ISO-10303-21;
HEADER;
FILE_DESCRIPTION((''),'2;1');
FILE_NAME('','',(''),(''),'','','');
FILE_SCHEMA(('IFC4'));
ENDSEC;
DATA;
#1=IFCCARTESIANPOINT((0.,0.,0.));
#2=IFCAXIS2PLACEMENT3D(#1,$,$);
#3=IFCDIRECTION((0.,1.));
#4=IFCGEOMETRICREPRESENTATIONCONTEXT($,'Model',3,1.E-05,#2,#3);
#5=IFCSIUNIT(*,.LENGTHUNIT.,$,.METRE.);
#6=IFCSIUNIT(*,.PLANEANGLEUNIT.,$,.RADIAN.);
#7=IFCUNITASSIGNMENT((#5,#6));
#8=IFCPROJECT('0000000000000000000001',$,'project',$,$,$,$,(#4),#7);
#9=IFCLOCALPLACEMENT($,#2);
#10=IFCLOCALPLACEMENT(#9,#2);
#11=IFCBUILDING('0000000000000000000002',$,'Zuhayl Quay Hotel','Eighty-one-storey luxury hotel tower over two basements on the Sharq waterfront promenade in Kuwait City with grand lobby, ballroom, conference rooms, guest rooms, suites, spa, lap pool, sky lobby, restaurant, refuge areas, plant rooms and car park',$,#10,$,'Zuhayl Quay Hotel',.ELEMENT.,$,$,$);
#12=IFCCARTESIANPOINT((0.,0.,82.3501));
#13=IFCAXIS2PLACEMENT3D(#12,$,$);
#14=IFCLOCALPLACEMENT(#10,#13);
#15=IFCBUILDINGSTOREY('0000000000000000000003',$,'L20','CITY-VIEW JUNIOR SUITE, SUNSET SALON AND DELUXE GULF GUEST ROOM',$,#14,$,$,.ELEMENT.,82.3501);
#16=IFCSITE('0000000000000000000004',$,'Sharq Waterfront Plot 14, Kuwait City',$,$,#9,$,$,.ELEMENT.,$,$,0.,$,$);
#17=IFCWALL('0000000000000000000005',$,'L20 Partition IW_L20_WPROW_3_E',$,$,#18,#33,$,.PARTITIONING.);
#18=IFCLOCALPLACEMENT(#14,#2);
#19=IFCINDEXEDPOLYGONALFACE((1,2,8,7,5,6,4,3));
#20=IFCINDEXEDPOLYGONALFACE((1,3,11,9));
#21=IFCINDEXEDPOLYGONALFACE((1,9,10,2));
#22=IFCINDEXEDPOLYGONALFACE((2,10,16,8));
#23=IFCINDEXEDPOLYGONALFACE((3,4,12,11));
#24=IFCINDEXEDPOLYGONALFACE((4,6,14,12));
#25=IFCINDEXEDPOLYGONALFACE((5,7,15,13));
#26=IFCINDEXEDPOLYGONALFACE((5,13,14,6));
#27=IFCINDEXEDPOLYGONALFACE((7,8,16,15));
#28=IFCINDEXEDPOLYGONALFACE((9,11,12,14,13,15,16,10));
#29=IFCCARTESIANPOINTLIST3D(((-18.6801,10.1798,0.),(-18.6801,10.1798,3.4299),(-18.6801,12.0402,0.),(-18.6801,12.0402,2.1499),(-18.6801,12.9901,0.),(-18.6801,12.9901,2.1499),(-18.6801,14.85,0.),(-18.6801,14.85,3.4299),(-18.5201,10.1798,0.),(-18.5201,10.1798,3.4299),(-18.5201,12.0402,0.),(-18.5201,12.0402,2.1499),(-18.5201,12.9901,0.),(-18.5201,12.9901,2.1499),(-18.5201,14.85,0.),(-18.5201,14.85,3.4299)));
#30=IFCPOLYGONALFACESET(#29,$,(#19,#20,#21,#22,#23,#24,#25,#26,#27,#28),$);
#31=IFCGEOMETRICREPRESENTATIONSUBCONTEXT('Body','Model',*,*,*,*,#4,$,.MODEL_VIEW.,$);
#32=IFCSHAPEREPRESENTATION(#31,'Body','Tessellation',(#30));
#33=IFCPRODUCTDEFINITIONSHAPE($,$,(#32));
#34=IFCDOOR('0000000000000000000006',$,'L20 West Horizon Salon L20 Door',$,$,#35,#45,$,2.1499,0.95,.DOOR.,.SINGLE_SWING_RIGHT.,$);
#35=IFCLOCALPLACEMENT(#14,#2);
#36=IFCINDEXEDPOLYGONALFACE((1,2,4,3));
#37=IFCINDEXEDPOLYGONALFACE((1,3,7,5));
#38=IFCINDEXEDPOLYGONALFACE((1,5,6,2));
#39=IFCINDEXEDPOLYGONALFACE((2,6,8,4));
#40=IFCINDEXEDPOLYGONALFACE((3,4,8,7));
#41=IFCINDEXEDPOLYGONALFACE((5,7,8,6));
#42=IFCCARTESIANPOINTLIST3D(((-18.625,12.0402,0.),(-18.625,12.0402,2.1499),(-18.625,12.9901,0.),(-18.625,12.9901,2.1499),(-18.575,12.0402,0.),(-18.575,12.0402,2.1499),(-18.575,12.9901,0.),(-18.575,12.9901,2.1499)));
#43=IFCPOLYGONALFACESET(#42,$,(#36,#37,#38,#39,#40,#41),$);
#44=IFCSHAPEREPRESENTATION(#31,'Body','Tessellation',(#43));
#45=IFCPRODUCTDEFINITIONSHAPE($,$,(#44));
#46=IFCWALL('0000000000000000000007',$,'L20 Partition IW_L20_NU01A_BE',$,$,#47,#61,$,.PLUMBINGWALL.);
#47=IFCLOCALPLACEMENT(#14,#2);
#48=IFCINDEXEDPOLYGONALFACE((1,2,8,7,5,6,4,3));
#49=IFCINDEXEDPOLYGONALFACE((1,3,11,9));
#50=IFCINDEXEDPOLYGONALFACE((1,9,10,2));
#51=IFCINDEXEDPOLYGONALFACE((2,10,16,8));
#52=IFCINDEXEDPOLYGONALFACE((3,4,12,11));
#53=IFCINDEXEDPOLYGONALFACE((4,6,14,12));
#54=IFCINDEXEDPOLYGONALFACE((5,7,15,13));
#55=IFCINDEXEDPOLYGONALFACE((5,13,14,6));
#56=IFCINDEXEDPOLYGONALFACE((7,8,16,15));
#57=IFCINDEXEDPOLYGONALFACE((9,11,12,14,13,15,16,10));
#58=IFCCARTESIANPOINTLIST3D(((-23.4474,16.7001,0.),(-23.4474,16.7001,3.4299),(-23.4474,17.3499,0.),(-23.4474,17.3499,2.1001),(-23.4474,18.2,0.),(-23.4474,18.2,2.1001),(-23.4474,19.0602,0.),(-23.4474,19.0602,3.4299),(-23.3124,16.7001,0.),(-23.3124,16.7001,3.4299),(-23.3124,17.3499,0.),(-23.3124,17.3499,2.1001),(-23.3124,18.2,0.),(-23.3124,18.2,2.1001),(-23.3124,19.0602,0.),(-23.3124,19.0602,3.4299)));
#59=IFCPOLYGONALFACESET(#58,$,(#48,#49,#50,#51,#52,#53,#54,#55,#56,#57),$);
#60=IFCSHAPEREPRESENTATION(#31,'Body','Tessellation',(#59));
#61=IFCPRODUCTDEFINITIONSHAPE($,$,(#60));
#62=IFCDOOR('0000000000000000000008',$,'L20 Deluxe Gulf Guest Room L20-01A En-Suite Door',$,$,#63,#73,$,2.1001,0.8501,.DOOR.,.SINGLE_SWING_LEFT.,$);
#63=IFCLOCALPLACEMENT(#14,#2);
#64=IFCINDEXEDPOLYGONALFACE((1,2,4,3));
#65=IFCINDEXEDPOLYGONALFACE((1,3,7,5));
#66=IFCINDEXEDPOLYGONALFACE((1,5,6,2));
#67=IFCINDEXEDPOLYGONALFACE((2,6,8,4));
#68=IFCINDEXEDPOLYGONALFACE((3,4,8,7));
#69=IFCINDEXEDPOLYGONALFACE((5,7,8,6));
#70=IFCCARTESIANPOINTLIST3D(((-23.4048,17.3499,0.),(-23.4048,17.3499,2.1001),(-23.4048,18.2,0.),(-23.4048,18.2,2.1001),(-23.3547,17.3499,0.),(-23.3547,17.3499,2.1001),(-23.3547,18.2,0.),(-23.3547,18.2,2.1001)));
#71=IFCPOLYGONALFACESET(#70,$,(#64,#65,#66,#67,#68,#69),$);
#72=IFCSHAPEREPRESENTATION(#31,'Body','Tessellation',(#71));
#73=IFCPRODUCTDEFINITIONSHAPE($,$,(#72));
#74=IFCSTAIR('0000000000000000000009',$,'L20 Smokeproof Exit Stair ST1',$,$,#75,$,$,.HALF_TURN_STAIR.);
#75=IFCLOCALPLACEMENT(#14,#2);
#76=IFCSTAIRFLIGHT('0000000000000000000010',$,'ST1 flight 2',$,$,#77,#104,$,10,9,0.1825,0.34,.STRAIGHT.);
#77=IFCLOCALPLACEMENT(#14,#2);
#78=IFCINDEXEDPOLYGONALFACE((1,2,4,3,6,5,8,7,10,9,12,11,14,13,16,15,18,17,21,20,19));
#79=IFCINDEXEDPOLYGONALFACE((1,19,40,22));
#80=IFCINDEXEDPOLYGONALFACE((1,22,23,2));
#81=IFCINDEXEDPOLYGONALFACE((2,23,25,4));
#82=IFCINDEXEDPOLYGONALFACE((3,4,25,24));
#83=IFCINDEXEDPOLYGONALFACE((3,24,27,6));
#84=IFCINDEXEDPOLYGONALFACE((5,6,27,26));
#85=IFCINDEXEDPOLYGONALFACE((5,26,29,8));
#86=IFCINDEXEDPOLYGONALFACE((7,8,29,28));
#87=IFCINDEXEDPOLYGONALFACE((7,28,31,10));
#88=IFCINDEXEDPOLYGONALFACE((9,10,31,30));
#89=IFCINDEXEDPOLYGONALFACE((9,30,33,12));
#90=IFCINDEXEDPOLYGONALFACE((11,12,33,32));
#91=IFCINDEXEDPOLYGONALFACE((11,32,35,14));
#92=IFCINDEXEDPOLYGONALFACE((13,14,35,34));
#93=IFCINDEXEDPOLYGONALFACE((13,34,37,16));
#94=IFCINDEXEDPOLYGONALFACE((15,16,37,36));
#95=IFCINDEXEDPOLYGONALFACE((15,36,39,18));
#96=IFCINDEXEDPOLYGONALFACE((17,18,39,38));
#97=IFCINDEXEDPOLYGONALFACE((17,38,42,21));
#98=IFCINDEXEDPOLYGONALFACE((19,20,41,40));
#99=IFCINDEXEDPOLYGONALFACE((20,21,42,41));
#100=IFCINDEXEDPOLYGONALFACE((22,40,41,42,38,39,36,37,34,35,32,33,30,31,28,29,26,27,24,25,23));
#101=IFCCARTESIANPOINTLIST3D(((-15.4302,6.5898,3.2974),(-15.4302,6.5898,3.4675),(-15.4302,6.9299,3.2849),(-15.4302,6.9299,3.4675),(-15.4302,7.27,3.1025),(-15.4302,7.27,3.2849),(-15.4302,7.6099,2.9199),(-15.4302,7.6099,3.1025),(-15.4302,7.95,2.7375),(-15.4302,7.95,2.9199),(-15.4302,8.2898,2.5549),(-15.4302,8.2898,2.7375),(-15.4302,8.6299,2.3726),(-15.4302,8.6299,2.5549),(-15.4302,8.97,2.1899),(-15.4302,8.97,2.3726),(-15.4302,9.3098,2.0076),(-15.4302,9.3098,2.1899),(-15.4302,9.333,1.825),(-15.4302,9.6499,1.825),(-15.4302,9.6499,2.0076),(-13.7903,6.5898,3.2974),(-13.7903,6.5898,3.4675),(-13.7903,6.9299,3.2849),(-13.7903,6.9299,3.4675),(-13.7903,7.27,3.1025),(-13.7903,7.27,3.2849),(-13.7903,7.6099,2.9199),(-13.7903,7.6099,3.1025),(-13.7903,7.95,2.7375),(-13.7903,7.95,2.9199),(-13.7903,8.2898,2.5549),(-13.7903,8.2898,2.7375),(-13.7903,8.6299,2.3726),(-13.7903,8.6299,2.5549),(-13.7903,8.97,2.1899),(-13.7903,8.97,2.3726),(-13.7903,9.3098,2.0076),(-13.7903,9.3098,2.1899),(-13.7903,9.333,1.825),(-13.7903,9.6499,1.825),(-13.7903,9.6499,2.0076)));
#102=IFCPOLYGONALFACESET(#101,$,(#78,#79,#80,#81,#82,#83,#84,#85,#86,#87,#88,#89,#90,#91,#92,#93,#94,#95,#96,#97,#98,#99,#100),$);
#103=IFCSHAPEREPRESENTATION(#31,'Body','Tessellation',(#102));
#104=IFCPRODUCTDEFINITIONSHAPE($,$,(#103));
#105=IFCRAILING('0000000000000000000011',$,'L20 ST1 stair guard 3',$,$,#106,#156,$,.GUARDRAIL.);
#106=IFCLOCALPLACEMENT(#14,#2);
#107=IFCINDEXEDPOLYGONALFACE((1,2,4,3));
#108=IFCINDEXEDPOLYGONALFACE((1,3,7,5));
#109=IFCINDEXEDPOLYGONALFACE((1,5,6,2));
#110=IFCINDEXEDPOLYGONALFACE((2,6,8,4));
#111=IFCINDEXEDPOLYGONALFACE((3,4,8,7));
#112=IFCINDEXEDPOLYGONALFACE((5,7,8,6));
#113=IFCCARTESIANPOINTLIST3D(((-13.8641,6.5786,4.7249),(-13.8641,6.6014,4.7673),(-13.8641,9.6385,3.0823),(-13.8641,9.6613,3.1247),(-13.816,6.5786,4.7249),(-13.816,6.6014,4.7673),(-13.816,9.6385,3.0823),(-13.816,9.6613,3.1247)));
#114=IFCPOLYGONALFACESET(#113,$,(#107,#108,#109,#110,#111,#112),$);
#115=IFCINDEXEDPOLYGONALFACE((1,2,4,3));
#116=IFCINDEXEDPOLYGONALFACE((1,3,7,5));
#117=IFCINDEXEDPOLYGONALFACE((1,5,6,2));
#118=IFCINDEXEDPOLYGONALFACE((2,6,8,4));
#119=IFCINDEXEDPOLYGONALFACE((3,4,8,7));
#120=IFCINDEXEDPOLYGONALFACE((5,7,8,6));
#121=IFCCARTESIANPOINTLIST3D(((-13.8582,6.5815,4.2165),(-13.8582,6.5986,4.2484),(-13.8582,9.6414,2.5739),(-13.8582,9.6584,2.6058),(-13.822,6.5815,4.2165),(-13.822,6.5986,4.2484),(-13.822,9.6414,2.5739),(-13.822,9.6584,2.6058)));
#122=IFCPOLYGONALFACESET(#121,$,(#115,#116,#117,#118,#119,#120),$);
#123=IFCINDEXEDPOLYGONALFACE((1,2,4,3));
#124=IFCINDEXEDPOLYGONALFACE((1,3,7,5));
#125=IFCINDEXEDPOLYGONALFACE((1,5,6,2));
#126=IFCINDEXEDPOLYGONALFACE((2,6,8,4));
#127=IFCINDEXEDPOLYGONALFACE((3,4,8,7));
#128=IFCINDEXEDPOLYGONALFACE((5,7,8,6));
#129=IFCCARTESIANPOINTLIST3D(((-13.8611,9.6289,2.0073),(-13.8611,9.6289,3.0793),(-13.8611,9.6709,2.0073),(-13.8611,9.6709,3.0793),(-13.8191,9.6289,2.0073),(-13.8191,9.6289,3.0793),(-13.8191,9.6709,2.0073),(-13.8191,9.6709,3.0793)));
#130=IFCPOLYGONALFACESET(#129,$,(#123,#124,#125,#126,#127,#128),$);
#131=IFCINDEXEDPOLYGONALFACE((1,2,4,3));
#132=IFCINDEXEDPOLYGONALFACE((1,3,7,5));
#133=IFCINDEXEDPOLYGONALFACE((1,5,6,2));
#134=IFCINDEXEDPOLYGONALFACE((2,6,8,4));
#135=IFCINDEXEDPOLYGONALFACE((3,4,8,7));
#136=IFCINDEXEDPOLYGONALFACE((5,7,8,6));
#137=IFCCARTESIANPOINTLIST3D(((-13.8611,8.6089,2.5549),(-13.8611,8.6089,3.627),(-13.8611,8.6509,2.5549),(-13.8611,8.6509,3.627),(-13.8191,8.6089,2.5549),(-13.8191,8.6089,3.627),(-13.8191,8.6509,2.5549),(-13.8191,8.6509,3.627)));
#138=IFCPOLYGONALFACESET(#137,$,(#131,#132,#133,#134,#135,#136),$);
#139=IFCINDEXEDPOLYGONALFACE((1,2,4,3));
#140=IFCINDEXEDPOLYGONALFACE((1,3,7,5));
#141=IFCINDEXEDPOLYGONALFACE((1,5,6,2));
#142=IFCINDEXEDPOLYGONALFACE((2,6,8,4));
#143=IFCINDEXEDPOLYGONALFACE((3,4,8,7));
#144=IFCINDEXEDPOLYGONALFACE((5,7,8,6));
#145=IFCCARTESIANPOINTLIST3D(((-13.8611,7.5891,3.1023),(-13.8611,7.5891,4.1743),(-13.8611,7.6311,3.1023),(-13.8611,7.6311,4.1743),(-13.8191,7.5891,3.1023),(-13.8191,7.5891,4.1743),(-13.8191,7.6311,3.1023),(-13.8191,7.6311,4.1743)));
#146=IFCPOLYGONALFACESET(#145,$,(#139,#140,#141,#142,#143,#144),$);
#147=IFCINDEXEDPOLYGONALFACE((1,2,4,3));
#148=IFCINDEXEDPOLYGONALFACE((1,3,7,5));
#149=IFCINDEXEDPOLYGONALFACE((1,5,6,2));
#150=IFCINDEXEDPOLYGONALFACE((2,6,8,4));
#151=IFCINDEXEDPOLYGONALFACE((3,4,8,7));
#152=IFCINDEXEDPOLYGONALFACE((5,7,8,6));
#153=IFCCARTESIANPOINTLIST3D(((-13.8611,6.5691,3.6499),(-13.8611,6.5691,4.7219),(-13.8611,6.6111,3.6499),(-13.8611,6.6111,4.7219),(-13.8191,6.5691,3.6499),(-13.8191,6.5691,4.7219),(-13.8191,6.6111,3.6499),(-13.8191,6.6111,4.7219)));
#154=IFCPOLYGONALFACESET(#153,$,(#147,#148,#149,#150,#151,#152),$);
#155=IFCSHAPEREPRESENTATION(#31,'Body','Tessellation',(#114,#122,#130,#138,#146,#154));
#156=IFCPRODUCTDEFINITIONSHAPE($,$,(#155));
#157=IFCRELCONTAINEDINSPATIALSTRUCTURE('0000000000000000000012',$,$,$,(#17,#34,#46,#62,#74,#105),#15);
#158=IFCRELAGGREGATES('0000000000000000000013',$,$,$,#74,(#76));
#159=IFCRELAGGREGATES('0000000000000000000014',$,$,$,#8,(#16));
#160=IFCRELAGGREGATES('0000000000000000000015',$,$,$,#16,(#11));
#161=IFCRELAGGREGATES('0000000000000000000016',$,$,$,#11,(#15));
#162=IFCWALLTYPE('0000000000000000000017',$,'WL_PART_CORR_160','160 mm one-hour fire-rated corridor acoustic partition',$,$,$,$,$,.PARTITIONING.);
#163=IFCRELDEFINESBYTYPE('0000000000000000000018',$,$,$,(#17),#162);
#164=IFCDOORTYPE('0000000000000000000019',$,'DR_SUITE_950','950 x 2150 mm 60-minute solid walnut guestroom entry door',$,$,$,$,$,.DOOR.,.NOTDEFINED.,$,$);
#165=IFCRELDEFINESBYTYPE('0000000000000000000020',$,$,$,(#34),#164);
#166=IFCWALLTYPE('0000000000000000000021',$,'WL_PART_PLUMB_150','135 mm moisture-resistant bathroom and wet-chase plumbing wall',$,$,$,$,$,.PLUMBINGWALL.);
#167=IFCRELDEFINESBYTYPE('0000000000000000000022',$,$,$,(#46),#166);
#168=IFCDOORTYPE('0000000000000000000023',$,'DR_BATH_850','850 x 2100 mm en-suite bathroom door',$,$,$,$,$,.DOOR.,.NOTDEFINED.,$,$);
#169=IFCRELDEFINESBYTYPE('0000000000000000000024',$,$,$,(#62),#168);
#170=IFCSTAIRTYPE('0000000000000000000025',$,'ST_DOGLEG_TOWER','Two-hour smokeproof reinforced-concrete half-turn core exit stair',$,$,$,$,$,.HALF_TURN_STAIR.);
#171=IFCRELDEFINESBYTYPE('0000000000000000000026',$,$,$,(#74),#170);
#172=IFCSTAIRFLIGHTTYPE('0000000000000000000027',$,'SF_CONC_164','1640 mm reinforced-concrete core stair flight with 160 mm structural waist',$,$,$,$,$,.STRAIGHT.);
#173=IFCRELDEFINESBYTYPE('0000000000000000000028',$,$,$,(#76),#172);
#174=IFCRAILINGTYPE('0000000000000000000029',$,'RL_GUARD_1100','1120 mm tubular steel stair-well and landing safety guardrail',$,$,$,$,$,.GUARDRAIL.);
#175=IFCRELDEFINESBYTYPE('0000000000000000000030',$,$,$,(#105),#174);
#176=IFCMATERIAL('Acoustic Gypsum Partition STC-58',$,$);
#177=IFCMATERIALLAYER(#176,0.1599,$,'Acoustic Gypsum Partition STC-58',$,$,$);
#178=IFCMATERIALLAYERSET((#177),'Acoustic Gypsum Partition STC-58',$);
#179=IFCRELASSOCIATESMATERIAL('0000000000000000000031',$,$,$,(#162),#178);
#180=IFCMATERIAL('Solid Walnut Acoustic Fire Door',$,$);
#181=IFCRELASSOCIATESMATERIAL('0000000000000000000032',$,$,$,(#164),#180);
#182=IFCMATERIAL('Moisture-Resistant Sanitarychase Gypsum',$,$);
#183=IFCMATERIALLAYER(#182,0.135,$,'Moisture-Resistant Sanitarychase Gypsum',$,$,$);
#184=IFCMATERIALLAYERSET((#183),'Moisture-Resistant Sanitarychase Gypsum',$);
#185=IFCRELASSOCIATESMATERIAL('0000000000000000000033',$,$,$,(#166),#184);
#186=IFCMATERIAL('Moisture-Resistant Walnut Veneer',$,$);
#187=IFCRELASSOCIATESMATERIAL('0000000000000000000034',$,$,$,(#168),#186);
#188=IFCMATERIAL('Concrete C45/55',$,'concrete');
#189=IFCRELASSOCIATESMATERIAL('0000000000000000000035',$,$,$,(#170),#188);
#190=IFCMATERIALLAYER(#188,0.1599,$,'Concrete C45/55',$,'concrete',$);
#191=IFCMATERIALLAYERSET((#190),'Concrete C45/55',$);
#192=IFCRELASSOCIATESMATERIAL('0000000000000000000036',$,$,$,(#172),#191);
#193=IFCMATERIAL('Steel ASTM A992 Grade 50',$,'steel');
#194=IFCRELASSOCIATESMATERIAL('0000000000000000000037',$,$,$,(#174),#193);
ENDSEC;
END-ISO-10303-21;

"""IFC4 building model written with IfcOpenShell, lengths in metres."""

from ifc_helpers import new_model, si_unit, direction, frame, frame_2d, origin, origin_2d, place, context, subcontext, project, spatial, polyline, rectangle, outline, extrude, material, layer, layer_set, type_object, element, fill, aggregate, save


model = new_model("IFC4")

# Units and contexts
model_context = context("Model", 3, precision=1e-05, world=origin(), true_north=direction((0.0, 1.0)))
body_context = subcontext(model_context, "Body", "Model", "MODEL_VIEW")
ifc_project = project(units=[si_unit("LENGTHUNIT", "METRE"), si_unit("PLANEANGLEUNIT", "RADIAN")], contexts=[model_context])

# Site, building, storey
site_placement = place(None, origin())
site = spatial("IfcSite", under=ifc_project, at=site_placement, Name="Sharq Waterfront Plot 14, Kuwait City", CompositionType="ELEMENT", RefElevation=0.0)
building_placement = place(site_placement, origin())
building = spatial("IfcBuilding", under=site, at=building_placement, Name="Zuhayl Quay Hotel", Description="Eighty-one-storey luxury hotel tower over two basements on the Sharq waterfront promenade in Kuwait City with grand lobby, ballroom, conference rooms, guest rooms, suites, spa, lap pool, sky lobby, restaurant, refuge areas, plant rooms and car park", LongName="Zuhayl Quay Hotel", CompositionType="ELEMENT")
storey_placement = place(building_placement, frame((0.0, 0.0, 82.3501)))
storey = spatial("IfcBuildingStorey", under=building, at=storey_placement, Name="L20", Description="CITY-VIEW JUNIOR SUITE, SUNSET SALON AND DELUXE GULF GUEST ROOM", CompositionType="ELEMENT", Elevation=82.3501)

# Shared definitions
ifc_material_1 = material(Name="Acoustic Gypsum Partition STC-58")

# Walls, openings, doors
ifc_layer_1 = layer(ifc_material_1, 0.1599, Name="Acoustic Gypsum Partition STC-58")
ifc_layer_set_1 = layer_set([ifc_layer_1], Name="Acoustic Gypsum Partition STC-58")
wall_type_1 = type_object("IfcWallType", Name="WL_PART_CORR_160", Description="160 mm one-hour fire-rated corridor acoustic partition", PredefinedType="PARTITIONING", material=ifc_layer_set_1)
ifc_material_2 = material(Name="Solid Walnut Acoustic Fire Door")
door_type_1 = type_object("IfcDoorType", Name="DR_SUITE_950", Description="950 x 2150 mm 60-minute solid walnut guestroom entry door", OperationType="NOTDEFINED", PredefinedType="DOOR", material=ifc_material_2)
wall_1_placement = place(storey_placement, frame((-18.6001, 10.1799, 0.0), z_axis=(0.0, 0.0, 1.0), x_axis=(0.0, 1.0, 0.0)))
wall_1 = element("IfcWall", 1, at=wall_1_placement, inside=storey, type_object=wall_type_1, Name="L20 Partition IW_L20_WPROW_3_E", PredefinedType="PARTITIONING", context=body_context, shape_type="SweptSolid", body=[
    extrude(rectangle(XDim=4.6702, YDim=0.1599, at=frame_2d((2.335, 0.0))), origin(), (0.0, 0.0, 1.0), 3.4299),
])
opening_1_placement = place(wall_1_placement, frame((1.8601, 0.0, 0.0)))
opening_1 = element("IfcOpeningElement", 2, at=opening_1_placement, cuts=wall_1, PredefinedType="OPENING", context=body_context, shape_type="SweptSolid", body=[
    extrude(rectangle(XDim=0.95, YDim=2.1499, at=frame_2d((0.4751, 1.075))), frame((0.0, 0.0898, 0.0), z_axis=(0.0, -1.0, 0.0), x_axis=(1.0, 0.0, 0.0)), (0.0, 0.0, 1.0), 0.1799),
])
door_1_placement = place(opening_1_placement, origin())
door_1 = element("IfcDoor", 3, at=door_1_placement, inside=storey, type_object=door_type_1, Name="L20 West Horizon Salon L20 Door", OperationType="SINGLE_SWING_RIGHT", OverallHeight=2.1499, OverallWidth=0.95, PredefinedType="DOOR", context=body_context, shape_type="SweptSolid", body=[
    extrude(rectangle(XDim=0.95, YDim=2.1499, at=frame_2d((0.4751, 1.075))), frame((0.0, 0.0249, 0.0), z_axis=(0.0, -1.0, 0.0), x_axis=(1.0, 0.0, 0.0)), (0.0, 0.0, 1.0), 0.05),
])
fill(opening_1, door_1)
ifc_material_3 = material(Name="Moisture-Resistant Sanitarychase Gypsum")
ifc_layer_2 = layer(ifc_material_3, 0.135, Name="Moisture-Resistant Sanitarychase Gypsum")
ifc_layer_set_2 = layer_set([ifc_layer_2], Name="Moisture-Resistant Sanitarychase Gypsum")
wall_type_2 = type_object("IfcWallType", Name="WL_PART_PLUMB_150", Description="135 mm moisture-resistant bathroom and wet-chase plumbing wall", PredefinedType="PLUMBINGWALL", material=ifc_layer_set_2)
wall_2_placement = place(storey_placement, frame((-23.3799, 16.7, 0.0), z_axis=(0.0, 0.0, 1.0), x_axis=(0.0, 1.0, 0.0)))
wall_2 = element("IfcWall", 4, at=wall_2_placement, inside=storey, type_object=wall_type_2, Name="L20 Partition IW_L20_NU01A_BE", PredefinedType="PLUMBINGWALL", context=body_context, shape_type="SweptSolid", body=[
    extrude(rectangle(XDim=2.3601, YDim=0.135, at=frame_2d((1.1802, 0.0))), origin(), (0.0, 0.0, 1.0), 3.4299),
])
opening_2_placement = place(wall_2_placement, frame((0.6499, 0.0, 0.0)))
opening_2 = element("IfcOpeningElement", 5, at=opening_2_placement, cuts=wall_2, PredefinedType="OPENING", context=body_context, shape_type="SweptSolid", body=[
    extrude(rectangle(XDim=0.8501, YDim=2.1001, at=frame_2d((0.425, 1.05))), frame((0.0, 0.0774, 0.0), z_axis=(0.0, -1.0, 0.0), x_axis=(1.0, 0.0, 0.0)), (0.0, 0.0, 1.0), 0.155),
])
ifc_material_4 = material(Name="Moisture-Resistant Walnut Veneer")
door_type_2 = type_object("IfcDoorType", Name="DR_BATH_850", Description="850 x 2100 mm en-suite bathroom door", OperationType="NOTDEFINED", PredefinedType="DOOR", material=ifc_material_4)
door_2_placement = place(opening_2_placement, origin())
door_2 = element("IfcDoor", 6, at=door_2_placement, inside=storey, type_object=door_type_2, Name="L20 Deluxe Gulf Guest Room L20-01A En-Suite Door", OperationType="SINGLE_SWING_LEFT", OverallHeight=2.1001, OverallWidth=0.8501, PredefinedType="DOOR", context=body_context, shape_type="SweptSolid", body=[
    extrude(rectangle(XDim=0.8501, YDim=2.1001, at=frame_2d((0.425, 1.05))), frame((0.0, 0.0249, 0.0), z_axis=(0.0, -1.0, 0.0), x_axis=(1.0, 0.0, 0.0)), (0.0, 0.0, 1.0), 0.05),
])
fill(opening_2, door_2)

# Stair, stair flight
ifc_material_5 = material(Name="Concrete C45/55", Category="concrete")
stair_type = type_object("IfcStairType", Name="ST_DOGLEG_TOWER", Description="Two-hour smokeproof reinforced-concrete half-turn core exit stair", PredefinedType="HALF_TURN_STAIR", material=ifc_material_5)
stair_placement = place(storey_placement, origin())
stair = element("IfcStair", 7, at=stair_placement, inside=storey, type_object=stair_type, Name="L20 Smokeproof Exit Stair ST1", PredefinedType="HALF_TURN_STAIR")
ifc_layer_3 = layer(ifc_material_5, 0.1599, Name="Concrete C45/55", Category="concrete")
ifc_layer_set_3 = layer_set([ifc_layer_3], Name="Concrete C45/55")
stair_flight_type = type_object("IfcStairFlightType", Name="SF_CONC_164", Description="1640 mm reinforced-concrete core stair flight with 160 mm structural waist", PredefinedType="STRAIGHT", material=ifc_layer_set_3)
stair_flight_placement = place(storey_placement, frame((-14.6101, 9.6499, 1.825), z_axis=(0.0, 0.0, 1.0), x_axis=(0.0, -1.0, 0.0)))
stair_flight = element("IfcStairFlight", 8, at=stair_flight_placement, type_object=stair_flight_type, Name="ST1 flight 2", NumberOfRisers=10, NumberOfTreads=9, PredefinedType="STRAIGHT", RiserHeight=0.1825, TreadLength=0.34, context=body_context, shape_type="SweptSolid", body=[
    extrude(outline(polyline([(0.0, 0.0), (0.0, 0.1826), (0.3401, 0.1826), (0.3401, 0.365), (0.6799, 0.365), (0.6799, 0.5476), (1.02, 0.5476), (1.02, 0.73), (1.3601, 0.73), (1.3601, 0.9126), (1.7, 0.9126), (1.7, 1.095), (2.04, 1.095), (2.04, 1.2776), (2.3799, 1.2776), (2.3799, 1.46), (2.72, 1.46), (2.72, 1.6426), (3.0601, 1.6426), (3.0601, 1.825), (3.0601, 1.4724), (0.3169, 0.0), (0.0, 0.0)])), frame((0.0, 0.8198, 0.0), z_axis=(0.0, -1.0, 0.0), x_axis=(1.0, 0.0, 0.0)), (0.0, 0.0, 1.0), 1.6399),
])
aggregate(stair, [stair_flight])

# Railing
ifc_material_6 = material(Name="Steel ASTM A992 Grade 50", Category="steel")
railing_type_1 = type_object("IfcRailingType", Name="RL_GUARD_1100", Description="1120 mm tubular steel stair-well and landing safety guardrail", PredefinedType="GUARDRAIL", material=ifc_material_6)
railing_1_placement = place(storey_placement, frame((-13.8401, 9.6499, 2.0073)))
element("IfcRailing", 9, at=railing_1_placement, inside=storey, type_object=railing_type_1, Name="L20 ST1 stair guard 3", PredefinedType="GUARDRAIL", context=body_context, shape_type="SweptSolid", body=[
    extrude(rectangle(XDim=0.0481, YDim=0.0481, at=origin_2d()), frame((0.0, 0.0, 1.0962), z_axis=(0.0, -0.881073, 0.47298), x_axis=(1.0, 0.0, 0.0)), (0.0, 0.0, 1.0), 3.4729),
    extrude(rectangle(XDim=0.0361, YDim=0.0361, at=origin_2d()), frame((0.0, 0.0, 0.5825), z_axis=(0.0, -0.881073, 0.47298), x_axis=(1.0, 0.0, 0.0)), (0.0, 0.0, 1.0), 3.4729),
    extrude(rectangle(XDim=0.042, YDim=0.042, at=origin_2d()), origin(), (0.0, 0.0, 1.0), 1.072),
    extrude(rectangle(XDim=0.042, YDim=0.042, at=origin_2d()), frame((0.0, -1.02, 0.5476)), (0.0, 0.0, 1.0), 1.072),
    extrude(rectangle(XDim=0.042, YDim=0.042, at=origin_2d()), frame((0.0, -2.0398, 1.095)), (0.0, 0.0, 1.0), 1.072),
    extrude(rectangle(XDim=0.042, YDim=0.042, at=origin_2d()), frame((0.0, -3.0598, 1.6426)), (0.0, 0.0, 1.0), 1.072),
])

save(model, "model.ifc")
